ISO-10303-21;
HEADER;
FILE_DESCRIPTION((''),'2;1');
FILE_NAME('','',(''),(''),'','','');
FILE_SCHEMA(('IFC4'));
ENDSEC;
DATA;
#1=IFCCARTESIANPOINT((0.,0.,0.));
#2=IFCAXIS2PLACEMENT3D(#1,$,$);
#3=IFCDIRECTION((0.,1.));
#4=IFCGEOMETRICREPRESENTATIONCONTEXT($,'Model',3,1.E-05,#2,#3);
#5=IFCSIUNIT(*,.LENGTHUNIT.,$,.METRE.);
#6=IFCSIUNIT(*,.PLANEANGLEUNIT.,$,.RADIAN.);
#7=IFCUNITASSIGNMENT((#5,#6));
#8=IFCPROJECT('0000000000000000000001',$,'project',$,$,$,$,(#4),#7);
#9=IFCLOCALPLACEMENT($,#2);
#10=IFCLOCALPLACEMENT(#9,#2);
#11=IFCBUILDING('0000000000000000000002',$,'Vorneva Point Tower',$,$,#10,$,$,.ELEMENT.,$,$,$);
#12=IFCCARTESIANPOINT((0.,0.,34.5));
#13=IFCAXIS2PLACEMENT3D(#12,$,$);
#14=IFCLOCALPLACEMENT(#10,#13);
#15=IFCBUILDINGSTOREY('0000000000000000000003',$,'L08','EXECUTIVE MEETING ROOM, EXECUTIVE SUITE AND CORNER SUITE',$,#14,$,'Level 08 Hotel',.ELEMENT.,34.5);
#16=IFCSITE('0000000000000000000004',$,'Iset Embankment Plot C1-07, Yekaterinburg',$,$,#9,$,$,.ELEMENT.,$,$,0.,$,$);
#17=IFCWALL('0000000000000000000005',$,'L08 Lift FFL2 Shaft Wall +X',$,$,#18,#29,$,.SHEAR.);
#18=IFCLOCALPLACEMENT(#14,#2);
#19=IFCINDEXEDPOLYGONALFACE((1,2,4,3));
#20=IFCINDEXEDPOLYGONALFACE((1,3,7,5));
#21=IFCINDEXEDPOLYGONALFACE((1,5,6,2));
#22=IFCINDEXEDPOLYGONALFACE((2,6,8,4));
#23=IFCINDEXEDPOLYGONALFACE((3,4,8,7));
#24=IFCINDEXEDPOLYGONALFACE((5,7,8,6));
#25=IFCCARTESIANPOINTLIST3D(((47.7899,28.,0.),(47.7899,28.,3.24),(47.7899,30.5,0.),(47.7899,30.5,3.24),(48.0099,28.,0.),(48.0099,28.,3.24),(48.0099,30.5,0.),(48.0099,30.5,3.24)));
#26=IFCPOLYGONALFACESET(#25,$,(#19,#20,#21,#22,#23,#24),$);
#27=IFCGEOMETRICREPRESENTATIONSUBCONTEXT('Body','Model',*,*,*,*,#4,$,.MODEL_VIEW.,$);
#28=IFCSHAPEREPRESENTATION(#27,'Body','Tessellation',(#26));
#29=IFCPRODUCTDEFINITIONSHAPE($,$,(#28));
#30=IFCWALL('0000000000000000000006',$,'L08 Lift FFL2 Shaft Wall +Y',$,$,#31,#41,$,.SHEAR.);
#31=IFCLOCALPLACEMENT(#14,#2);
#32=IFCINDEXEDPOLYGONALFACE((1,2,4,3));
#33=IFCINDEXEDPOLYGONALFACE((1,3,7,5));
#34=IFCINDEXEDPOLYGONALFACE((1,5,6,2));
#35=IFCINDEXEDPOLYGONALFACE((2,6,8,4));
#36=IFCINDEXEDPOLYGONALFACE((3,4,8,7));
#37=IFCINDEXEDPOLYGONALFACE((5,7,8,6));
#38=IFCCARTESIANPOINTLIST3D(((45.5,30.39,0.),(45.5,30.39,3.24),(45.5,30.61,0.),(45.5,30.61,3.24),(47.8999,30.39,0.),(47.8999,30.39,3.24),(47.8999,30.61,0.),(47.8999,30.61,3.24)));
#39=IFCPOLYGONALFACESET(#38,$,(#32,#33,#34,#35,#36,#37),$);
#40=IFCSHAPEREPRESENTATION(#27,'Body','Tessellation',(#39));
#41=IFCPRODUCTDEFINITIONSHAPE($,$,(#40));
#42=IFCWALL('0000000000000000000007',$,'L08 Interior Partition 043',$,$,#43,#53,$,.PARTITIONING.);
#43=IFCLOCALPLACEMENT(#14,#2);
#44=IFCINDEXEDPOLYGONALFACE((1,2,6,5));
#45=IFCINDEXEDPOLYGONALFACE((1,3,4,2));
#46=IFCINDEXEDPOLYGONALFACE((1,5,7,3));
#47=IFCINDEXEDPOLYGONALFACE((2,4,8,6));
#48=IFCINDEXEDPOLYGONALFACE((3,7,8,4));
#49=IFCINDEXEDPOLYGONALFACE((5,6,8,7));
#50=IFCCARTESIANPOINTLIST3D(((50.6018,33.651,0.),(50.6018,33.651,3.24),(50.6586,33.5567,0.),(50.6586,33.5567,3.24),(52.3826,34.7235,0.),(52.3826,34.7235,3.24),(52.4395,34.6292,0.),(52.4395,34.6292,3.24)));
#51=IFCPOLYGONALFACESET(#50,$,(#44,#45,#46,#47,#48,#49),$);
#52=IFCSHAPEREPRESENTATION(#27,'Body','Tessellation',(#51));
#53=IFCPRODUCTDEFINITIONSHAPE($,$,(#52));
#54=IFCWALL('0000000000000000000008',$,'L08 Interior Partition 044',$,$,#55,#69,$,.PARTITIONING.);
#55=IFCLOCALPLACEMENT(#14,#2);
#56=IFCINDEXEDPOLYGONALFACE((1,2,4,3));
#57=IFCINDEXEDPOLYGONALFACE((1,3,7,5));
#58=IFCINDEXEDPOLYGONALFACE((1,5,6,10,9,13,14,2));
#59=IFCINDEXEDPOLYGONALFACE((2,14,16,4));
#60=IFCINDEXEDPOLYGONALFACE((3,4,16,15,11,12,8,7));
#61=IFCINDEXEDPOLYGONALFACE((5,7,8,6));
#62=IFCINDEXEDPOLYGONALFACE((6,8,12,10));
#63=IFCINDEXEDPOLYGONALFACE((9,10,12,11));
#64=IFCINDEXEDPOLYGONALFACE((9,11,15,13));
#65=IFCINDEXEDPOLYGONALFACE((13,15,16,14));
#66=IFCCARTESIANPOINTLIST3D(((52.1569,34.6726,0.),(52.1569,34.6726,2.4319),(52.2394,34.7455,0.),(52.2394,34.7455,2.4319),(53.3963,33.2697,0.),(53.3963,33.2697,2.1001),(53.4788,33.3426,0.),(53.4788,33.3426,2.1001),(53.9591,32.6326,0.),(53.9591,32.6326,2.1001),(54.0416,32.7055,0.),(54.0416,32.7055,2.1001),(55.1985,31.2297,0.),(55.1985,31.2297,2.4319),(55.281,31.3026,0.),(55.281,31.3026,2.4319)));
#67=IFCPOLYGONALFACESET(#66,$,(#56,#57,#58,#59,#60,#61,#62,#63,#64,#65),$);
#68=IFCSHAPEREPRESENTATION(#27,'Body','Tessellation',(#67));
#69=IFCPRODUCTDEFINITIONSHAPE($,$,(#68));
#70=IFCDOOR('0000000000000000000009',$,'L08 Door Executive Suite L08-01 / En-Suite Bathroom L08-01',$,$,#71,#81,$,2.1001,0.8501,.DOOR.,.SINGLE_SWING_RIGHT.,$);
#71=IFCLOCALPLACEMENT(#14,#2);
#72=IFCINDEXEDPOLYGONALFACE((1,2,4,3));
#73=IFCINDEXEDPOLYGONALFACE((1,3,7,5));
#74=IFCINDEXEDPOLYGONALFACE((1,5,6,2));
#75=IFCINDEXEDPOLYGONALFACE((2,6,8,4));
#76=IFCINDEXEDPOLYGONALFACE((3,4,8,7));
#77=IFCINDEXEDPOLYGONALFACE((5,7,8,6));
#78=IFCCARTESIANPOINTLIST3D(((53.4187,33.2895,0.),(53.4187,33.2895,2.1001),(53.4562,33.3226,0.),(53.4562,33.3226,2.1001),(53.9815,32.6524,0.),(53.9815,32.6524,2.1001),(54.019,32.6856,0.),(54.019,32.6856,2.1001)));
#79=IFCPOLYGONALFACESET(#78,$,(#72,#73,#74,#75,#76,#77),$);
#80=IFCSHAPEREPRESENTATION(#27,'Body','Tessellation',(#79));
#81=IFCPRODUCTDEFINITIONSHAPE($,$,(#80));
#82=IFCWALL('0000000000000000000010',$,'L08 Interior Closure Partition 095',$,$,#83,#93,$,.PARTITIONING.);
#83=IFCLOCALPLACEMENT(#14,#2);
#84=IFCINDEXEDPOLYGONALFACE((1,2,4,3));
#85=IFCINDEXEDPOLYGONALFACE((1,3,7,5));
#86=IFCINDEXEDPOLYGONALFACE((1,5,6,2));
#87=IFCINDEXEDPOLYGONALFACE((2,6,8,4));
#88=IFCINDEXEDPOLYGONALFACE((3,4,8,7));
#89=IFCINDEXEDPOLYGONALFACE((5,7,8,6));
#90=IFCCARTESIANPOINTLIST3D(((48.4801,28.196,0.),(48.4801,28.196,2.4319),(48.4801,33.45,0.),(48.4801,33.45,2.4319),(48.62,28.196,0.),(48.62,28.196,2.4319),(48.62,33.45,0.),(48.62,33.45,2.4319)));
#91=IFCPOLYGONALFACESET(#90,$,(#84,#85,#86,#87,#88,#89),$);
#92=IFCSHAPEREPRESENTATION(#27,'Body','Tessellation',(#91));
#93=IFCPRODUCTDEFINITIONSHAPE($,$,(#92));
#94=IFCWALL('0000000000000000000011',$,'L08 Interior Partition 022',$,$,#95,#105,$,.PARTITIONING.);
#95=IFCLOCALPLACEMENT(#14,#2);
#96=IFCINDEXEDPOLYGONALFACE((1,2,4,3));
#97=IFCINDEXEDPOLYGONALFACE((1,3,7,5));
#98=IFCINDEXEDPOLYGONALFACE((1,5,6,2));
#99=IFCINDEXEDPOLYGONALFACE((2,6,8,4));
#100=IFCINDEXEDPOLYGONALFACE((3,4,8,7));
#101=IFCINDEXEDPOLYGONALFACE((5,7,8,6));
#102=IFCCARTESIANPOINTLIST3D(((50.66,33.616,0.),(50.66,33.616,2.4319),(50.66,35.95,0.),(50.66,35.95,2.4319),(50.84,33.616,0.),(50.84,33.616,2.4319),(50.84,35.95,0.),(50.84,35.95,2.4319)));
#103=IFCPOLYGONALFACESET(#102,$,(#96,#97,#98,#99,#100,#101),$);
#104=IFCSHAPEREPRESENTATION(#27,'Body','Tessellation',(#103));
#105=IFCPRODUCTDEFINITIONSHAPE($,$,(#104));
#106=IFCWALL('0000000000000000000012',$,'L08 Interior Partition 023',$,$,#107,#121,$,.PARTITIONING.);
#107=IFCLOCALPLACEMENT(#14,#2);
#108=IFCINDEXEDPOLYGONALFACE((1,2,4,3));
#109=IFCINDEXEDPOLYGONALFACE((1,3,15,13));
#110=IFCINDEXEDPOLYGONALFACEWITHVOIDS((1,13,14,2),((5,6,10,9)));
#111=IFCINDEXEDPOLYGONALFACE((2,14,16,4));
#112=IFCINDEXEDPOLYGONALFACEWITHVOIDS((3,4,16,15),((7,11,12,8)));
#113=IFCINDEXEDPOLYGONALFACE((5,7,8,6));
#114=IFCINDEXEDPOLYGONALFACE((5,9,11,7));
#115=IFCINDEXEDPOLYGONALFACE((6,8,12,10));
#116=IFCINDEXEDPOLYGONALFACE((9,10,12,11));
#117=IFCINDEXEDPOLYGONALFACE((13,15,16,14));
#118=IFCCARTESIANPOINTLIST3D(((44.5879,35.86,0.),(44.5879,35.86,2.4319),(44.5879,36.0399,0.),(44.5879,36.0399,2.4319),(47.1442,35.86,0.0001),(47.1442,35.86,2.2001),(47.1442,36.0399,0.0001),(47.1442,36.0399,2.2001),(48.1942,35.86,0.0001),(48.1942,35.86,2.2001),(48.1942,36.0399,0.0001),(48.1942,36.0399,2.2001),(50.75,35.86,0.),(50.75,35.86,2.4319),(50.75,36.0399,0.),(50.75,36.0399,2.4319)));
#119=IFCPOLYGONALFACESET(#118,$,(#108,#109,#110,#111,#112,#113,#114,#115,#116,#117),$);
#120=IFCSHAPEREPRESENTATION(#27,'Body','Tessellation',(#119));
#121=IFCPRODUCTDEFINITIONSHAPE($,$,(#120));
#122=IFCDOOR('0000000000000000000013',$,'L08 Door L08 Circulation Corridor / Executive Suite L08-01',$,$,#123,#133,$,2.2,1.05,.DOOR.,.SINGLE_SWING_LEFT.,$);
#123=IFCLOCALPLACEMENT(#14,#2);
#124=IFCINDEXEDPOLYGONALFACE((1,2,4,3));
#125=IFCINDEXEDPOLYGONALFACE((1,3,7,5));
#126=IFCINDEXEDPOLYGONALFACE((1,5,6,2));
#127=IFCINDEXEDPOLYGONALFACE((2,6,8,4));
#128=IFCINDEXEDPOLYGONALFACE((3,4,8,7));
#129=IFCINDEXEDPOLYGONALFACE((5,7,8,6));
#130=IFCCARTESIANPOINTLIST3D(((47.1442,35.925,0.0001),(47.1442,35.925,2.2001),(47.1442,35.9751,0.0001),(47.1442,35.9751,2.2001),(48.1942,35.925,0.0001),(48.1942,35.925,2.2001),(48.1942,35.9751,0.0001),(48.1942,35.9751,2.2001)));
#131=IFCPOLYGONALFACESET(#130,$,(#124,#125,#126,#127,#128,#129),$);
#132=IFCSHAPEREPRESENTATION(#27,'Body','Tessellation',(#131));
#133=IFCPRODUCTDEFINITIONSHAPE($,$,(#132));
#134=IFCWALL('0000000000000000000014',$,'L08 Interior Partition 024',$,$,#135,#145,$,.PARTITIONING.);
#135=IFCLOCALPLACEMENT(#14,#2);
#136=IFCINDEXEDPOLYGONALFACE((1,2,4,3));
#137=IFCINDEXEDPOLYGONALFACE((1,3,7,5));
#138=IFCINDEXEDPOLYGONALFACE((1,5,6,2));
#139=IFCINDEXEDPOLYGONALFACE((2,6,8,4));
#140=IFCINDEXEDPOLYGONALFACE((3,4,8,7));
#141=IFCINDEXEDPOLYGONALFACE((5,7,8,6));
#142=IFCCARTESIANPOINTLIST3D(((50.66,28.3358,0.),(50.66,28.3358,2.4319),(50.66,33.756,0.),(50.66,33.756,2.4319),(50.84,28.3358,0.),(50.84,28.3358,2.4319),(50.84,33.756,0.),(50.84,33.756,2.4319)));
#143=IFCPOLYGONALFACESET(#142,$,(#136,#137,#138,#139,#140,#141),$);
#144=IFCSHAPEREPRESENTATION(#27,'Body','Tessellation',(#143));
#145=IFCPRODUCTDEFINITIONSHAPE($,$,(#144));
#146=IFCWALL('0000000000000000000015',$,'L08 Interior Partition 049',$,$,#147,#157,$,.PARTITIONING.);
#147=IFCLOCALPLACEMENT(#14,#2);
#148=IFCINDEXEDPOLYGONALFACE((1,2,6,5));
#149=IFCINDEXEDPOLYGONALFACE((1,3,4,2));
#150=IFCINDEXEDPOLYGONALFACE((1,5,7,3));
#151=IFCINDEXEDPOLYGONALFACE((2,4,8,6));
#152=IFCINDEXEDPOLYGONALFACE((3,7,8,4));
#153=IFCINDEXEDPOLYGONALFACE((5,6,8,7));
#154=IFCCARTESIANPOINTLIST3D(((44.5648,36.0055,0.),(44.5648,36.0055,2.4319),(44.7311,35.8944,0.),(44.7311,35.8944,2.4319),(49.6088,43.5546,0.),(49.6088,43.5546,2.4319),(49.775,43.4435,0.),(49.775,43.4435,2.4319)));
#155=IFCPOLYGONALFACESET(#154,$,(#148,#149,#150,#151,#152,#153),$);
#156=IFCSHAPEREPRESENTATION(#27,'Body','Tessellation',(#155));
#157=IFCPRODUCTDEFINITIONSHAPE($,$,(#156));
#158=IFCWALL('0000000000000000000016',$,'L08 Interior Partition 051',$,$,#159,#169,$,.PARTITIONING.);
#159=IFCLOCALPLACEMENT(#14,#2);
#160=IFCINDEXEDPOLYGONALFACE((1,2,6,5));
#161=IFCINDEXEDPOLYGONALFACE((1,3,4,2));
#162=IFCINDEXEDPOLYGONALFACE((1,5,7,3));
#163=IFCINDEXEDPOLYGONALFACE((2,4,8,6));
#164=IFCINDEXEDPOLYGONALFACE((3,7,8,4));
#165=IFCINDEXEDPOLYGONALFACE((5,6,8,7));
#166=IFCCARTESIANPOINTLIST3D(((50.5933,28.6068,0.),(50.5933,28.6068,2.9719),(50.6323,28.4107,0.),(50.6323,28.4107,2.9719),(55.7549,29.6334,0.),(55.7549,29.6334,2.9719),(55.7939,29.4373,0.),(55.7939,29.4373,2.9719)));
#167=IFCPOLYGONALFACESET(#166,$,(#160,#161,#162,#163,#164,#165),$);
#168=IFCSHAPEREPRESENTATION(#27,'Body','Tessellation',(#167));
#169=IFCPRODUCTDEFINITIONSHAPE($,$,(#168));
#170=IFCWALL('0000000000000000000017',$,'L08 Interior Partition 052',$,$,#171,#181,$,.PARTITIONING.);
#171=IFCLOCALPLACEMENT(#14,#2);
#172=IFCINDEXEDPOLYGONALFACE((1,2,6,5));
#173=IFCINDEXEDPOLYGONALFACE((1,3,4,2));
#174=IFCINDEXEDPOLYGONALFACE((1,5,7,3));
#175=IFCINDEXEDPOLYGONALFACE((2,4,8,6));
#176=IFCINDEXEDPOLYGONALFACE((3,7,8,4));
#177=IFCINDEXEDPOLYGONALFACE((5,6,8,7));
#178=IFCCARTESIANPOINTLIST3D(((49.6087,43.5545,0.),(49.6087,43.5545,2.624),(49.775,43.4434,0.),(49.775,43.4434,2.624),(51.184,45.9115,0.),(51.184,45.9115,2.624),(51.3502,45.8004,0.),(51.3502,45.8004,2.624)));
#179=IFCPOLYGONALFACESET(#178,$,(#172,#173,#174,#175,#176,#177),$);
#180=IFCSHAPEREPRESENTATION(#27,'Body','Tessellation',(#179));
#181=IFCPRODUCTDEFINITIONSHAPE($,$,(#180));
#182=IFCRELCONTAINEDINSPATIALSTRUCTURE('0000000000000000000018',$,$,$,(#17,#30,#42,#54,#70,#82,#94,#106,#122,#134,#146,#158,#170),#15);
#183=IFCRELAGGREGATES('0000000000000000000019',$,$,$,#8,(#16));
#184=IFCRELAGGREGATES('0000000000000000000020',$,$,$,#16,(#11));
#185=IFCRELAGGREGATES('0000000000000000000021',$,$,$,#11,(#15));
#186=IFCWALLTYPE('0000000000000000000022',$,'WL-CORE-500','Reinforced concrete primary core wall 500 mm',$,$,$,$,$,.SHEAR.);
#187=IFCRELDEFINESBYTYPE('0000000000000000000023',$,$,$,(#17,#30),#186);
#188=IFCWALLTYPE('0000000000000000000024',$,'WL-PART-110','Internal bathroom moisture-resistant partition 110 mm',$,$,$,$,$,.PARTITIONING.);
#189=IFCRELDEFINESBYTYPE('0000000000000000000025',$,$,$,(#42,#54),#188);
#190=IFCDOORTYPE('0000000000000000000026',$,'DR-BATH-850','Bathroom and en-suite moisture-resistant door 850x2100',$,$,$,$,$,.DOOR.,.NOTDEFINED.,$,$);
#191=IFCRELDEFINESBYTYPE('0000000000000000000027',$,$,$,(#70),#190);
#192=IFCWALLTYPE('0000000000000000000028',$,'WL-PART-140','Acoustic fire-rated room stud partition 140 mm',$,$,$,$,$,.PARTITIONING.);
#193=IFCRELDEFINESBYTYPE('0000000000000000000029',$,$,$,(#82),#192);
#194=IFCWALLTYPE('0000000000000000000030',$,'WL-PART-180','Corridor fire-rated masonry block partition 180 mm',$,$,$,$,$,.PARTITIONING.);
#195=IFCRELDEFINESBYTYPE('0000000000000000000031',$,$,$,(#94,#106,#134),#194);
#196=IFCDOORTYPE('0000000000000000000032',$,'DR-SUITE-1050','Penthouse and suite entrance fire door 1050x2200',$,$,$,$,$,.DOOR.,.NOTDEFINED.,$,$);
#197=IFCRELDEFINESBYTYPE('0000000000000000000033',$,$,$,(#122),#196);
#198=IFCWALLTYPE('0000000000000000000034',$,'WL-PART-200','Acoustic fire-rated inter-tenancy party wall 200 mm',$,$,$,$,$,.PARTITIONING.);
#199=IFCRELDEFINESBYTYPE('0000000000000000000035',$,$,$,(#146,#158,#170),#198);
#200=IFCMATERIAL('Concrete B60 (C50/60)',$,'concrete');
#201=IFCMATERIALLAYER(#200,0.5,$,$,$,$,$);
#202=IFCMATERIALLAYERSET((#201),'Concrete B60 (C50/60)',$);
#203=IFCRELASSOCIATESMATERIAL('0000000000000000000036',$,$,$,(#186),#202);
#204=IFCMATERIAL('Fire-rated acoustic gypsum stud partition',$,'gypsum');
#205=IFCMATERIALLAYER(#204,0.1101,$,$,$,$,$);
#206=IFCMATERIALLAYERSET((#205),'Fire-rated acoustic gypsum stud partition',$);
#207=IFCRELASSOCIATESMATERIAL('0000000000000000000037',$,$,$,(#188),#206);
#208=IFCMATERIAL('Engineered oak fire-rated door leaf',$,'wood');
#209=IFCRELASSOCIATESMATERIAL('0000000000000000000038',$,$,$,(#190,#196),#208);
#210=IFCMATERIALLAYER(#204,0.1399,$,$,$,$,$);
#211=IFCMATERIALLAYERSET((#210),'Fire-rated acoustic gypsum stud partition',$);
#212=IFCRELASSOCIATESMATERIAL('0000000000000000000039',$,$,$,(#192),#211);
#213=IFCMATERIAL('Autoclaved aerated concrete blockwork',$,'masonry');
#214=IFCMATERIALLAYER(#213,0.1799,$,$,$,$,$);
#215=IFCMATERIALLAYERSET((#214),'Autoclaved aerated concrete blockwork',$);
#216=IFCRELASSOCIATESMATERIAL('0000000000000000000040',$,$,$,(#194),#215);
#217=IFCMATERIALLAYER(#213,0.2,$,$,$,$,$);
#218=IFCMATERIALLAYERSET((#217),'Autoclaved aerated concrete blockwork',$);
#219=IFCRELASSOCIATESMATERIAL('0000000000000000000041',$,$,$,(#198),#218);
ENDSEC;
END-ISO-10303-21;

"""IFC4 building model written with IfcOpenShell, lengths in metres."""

from ifc_helpers import new_model, si_unit, direction, frame, frame_2d, origin, place, context, subcontext, project, spatial, rectangle, extrude, material, layer, layer_set, type_object, element, fill, save


model = new_model("IFC4")

# Units and contexts
model_context = context("Model", 3, precision=1e-05, world=origin(), true_north=direction((0.0, 1.0)))
body_context = subcontext(model_context, "Body", "Model", "MODEL_VIEW")
ifc_project = project(units=[si_unit("LENGTHUNIT", "METRE"), si_unit("PLANEANGLEUNIT", "RADIAN")], contexts=[model_context])

# Site, building, storey
site_placement = place(None, origin())
site = spatial("IfcSite", under=ifc_project, at=site_placement, Name="Iset Embankment Plot C1-07, Yekaterinburg", CompositionType="ELEMENT", RefElevation=0.0)
building_placement = place(site_placement, origin())
building = spatial("IfcBuilding", under=site, at=building_placement, Name="Vorneva Point Tower", CompositionType="ELEMENT")
storey_placement = place(building_placement, frame((0.0, 0.0, 34.5)))
storey = spatial("IfcBuildingStorey", under=building, at=storey_placement, Name="L08", Description="EXECUTIVE MEETING ROOM, EXECUTIVE SUITE AND CORNER SUITE", LongName="Level 08 Hotel", CompositionType="ELEMENT", Elevation=34.5)

# Shared definitions
ifc_material_1 = material(Name="Concrete B60 (C50/60)", Category="concrete")

# Walls
ifc_layer_1 = layer(ifc_material_1, 0.5)
ifc_layer_set_1 = layer_set([ifc_layer_1], Name="Concrete B60 (C50/60)")
wall_type_1 = type_object("IfcWallType", Name="WL-CORE-500", Description="Reinforced concrete primary core wall 500 mm", PredefinedType="SHEAR", material=ifc_layer_set_1)
wall_1_placement = place(storey_placement, frame((47.8999, 28.0, 0.0), z_axis=(0.0, 0.0, 1.0), x_axis=(0.0, 1.0, 0.0)))
element("IfcWall", 1, at=wall_1_placement, inside=storey, type_object=wall_type_1, Name="L08 Lift FFL2 Shaft Wall +X", PredefinedType="SHEAR", context=body_context, shape_type="SweptSolid", body=[
    extrude(rectangle(XDim=2.5, YDim=0.22, at=frame_2d((1.25, 0.0))), origin(), (0.0, 0.0, 1.0), 3.24),
])
wall_2_placement = place(storey_placement, frame((47.8999, 30.5, 0.0), z_axis=(0.0, 0.0, 1.0), x_axis=(-1.0, 0.0, 0.0)))
element("IfcWall", 2, at=wall_2_placement, inside=storey, type_object=wall_type_1, Name="L08 Lift FFL2 Shaft Wall +Y", PredefinedType="SHEAR", context=body_context, shape_type="SweptSolid", body=[
    extrude(rectangle(XDim=2.3999, YDim=0.22, at=frame_2d((1.2, 0.0))), origin(), (0.0, 0.0, 1.0), 3.24),
])
ifc_material_2 = material(Name="Fire-rated acoustic gypsum stud partition", Category="gypsum")
ifc_layer_2 = layer(ifc_material_2, 0.1101)
ifc_layer_set_2 = layer_set([ifc_layer_2], Name="Fire-rated acoustic gypsum stud partition")
wall_type_2 = type_object("IfcWallType", Name="WL-PART-110", Description="Internal bathroom moisture-resistant partition 110 mm", PredefinedType="PARTITIONING", material=ifc_layer_set_2)
wall_3_placement = place(storey_placement, frame((50.6301, 33.6038, 0.0), z_axis=(0.0, 0.0, 1.0), x_axis=(0.856632, 0.515929, 0.0)))
element("IfcWall", 3, at=wall_3_placement, inside=storey, type_object=wall_type_2, Name="L08 Interior Partition 043", PredefinedType="PARTITIONING", context=body_context, shape_type="SweptSolid", body=[
    extrude(rectangle(XDim=2.0789, YDim=0.1101, at=frame_2d((1.0396, 0.0))), origin(), (0.0, 0.0, 1.0), 3.24),
])

# Wall, opening, door
wall_4_placement = place(storey_placement, frame((52.1982, 34.709, 0.0), z_axis=(0.0, 0.0, 1.0), x_axis=(0.662071, -0.749441, 0.0)))
wall_4 = element("IfcWall", 4, at=wall_4_placement, inside=storey, type_object=wall_type_2, Name="L08 Interior Partition 044", PredefinedType="PARTITIONING", context=body_context, shape_type="SweptSolid", body=[
    extrude(rectangle(XDim=4.594, YDim=0.1101, at=frame_2d((2.2969, 0.0))), origin(), (0.0, 0.0, 1.0), 2.4319),
])
opening_1_placement = place(wall_4_placement, frame((1.8718, 0.0, 0.0)))
opening_1 = element("IfcOpeningElement", 5, at=opening_1_placement, cuts=wall_4, PredefinedType="OPENING", context=body_context, shape_type="SweptSolid", body=[
    extrude(rectangle(XDim=0.8501, YDim=2.1001, at=frame_2d((0.425, 1.05))), frame((0.0, 0.0698, 0.0), z_axis=(0.0, -1.0, 0.0), x_axis=(1.0, 0.0, 0.0)), (0.0, 0.0, 1.0), 0.1399),
])
ifc_material_3 = material(Name="Engineered oak fire-rated door leaf", Category="wood")
door_type_1 = type_object("IfcDoorType", Name="DR-BATH-850", Description="Bathroom and en-suite moisture-resistant door 850x2100", OperationType="NOTDEFINED", PredefinedType="DOOR", material=ifc_material_3)
door_1_placement = place(opening_1_placement, origin())
door_1 = element("IfcDoor", 6, at=door_1_placement, inside=storey, type_object=door_type_1, Name="L08 Door Executive Suite L08-01 / En-Suite Bathroom L08-01", OperationType="SINGLE_SWING_RIGHT", OverallHeight=2.1001, OverallWidth=0.8501, PredefinedType="DOOR", context=body_context, shape_type="SweptSolid", body=[
    extrude(rectangle(XDim=0.8501, YDim=2.1001, at=frame_2d((0.425, 1.05))), frame((0.0, 0.0249, 0.0), z_axis=(0.0, -1.0, 0.0), x_axis=(1.0, 0.0, 0.0)), (0.0, 0.0, 1.0), 0.05),
])
fill(opening_1, door_1)

# Walls
ifc_layer_3 = layer(ifc_material_2, 0.1399)
ifc_layer_set_3 = layer_set([ifc_layer_3], Name="Fire-rated acoustic gypsum stud partition")
wall_type_3 = type_object("IfcWallType", Name="WL-PART-140", Description="Acoustic fire-rated room stud partition 140 mm", PredefinedType="PARTITIONING", material=ifc_layer_set_3)
wall_5_placement = place(storey_placement, frame((48.55, 33.45, 0.0), z_axis=(0.0, 0.0, 1.0), x_axis=(0.0, -1.0, 0.0)))
element("IfcWall", 7, at=wall_5_placement, inside=storey, type_object=wall_type_3, Name="L08 Interior Closure Partition 095", PredefinedType="PARTITIONING", context=body_context, shape_type="SweptSolid", body=[
    extrude(rectangle(XDim=5.2539, YDim=0.1399, at=frame_2d((2.627, 0.0))), origin(), (0.0, 0.0, 1.0), 2.4319),
])
ifc_material_4 = material(Name="Autoclaved aerated concrete blockwork", Category="masonry")
ifc_layer_4 = layer(ifc_material_4, 0.1799)
ifc_layer_set_4 = layer_set([ifc_layer_4], Name="Autoclaved aerated concrete blockwork")
wall_type_4 = type_object("IfcWallType", Name="WL-PART-180", Description="Corridor fire-rated masonry block partition 180 mm", PredefinedType="PARTITIONING", material=ifc_layer_set_4)
wall_6_placement = place(storey_placement, frame((50.75, 33.616, 0.0), z_axis=(0.0, 0.0, 1.0), x_axis=(0.0, 1.0, 0.0)))
element("IfcWall", 8, at=wall_6_placement, inside=storey, type_object=wall_type_4, Name="L08 Interior Partition 022", PredefinedType="PARTITIONING", context=body_context, shape_type="SweptSolid", body=[
    extrude(rectangle(XDim=2.334, YDim=0.1799, at=frame_2d((1.167, 0.0))), origin(), (0.0, 0.0, 1.0), 2.4319),
])

# Wall, opening, door
wall_7_placement = place(storey_placement, frame((50.75, 35.95, 0.0), z_axis=(0.0, 0.0, 1.0), x_axis=(-1.0, 0.0, 0.0)))
wall_7 = element("IfcWall", 9, at=wall_7_placement, inside=storey, type_object=wall_type_4, Name="L08 Interior Partition 023", PredefinedType="PARTITIONING", context=body_context, shape_type="SweptSolid", body=[
    extrude(rectangle(XDim=6.1621, YDim=0.1799, at=frame_2d((3.0811, 0.0))), origin(), (0.0, 0.0, 1.0), 2.4319),
])
opening_2_placement = place(wall_7_placement, frame((2.5559, 0.0, 0.0)))
opening_2 = element("IfcOpeningElement", 10, at=opening_2_placement, cuts=wall_7, PredefinedType="OPENING", context=body_context, shape_type="SweptSolid", body=[
    extrude(rectangle(XDim=1.05, YDim=2.2, at=frame_2d((0.5249, 1.1001))), frame((0.0, 0.105, 0.0), z_axis=(0.0, -1.0, 0.0), x_axis=(1.0, 0.0, 0.0)), (0.0, 0.0, 1.0), 0.2097),
])
door_type_2 = type_object("IfcDoorType", Name="DR-SUITE-1050", Description="Penthouse and suite entrance fire door 1050x2200", OperationType="NOTDEFINED", PredefinedType="DOOR", material=ifc_material_3)
door_2_placement = place(opening_2_placement, origin())
door_2 = element("IfcDoor", 11, at=door_2_placement, inside=storey, type_object=door_type_2, Name="L08 Door L08 Circulation Corridor / Executive Suite L08-01", OperationType="SINGLE_SWING_LEFT", OverallHeight=2.2, OverallWidth=1.05, PredefinedType="DOOR", context=body_context, shape_type="SweptSolid", body=[
    extrude(rectangle(XDim=1.05, YDim=2.2, at=frame_2d((0.5249, 1.1001))), frame((0.0, 0.0249, 0.0), z_axis=(0.0, -1.0, 0.0), x_axis=(1.0, 0.0, 0.0)), (0.0, 0.0, 1.0), 0.05),
])
fill(opening_2, door_2)

# Walls
wall_8_placement = place(storey_placement, frame((50.75, 28.3359, 0.0), z_axis=(0.0, 0.0, 1.0), x_axis=(0.0, 1.0, 0.0)))
element("IfcWall", 12, at=wall_8_placement, inside=storey, type_object=wall_type_4, Name="L08 Interior Partition 024", PredefinedType="PARTITIONING", context=body_context, shape_type="SweptSolid", body=[
    extrude(rectangle(XDim=5.4202, YDim=0.1799, at=frame_2d((2.71, 0.0))), origin(), (0.0, 0.0, 1.0), 2.4319),
])
ifc_layer_5 = layer(ifc_material_4, 0.2)
ifc_layer_set_5 = layer_set([ifc_layer_5], Name="Autoclaved aerated concrete blockwork")
wall_type_5 = type_object("IfcWallType", Name="WL-PART-200", Description="Acoustic fire-rated inter-tenancy party wall 200 mm", PredefinedType="PARTITIONING", material=ifc_layer_set_5)
wall_9_placement = place(storey_placement, frame((49.6919, 43.499, 0.0), z_axis=(0.0, 0.0, 1.0), x_axis=(-0.555556, -0.831479, 0.0)))
element("IfcWall", 13, at=wall_9_placement, inside=storey, type_object=wall_type_5, Name="L08 Interior Partition 049", PredefinedType="PARTITIONING", context=body_context, shape_type="SweptSolid", body=[
    extrude(rectangle(XDim=9.0791, YDim=0.2, at=frame_2d((4.5396, 0.0))), origin(), (0.0, 0.0, 1.0), 2.4319),
])
wall_10_placement = place(storey_placement, frame((50.6128, 28.5088, 0.0), z_axis=(0.0, 0.0, 1.0), x_axis=(0.980789, 0.195072, 0.0)))
element("IfcWall", 14, at=wall_10_placement, inside=storey, type_object=wall_type_5, Name="L08 Interior Partition 051", PredefinedType="PARTITIONING", context=body_context, shape_type="SweptSolid", body=[
    extrude(rectangle(XDim=5.2627, YDim=0.2, at=frame_2d((2.6313, 0.0))), origin(), (0.0, 0.0, 1.0), 2.9719),
])
wall_11_placement = place(storey_placement, frame((51.2671, 45.856, 0.0), z_axis=(0.0, 0.0, 1.0), x_axis=(-0.555654, -0.831414, 0.0)))
element("IfcWall", 15, at=wall_11_placement, inside=storey, type_object=wall_type_5, Name="L08 Interior Partition 052", PredefinedType="PARTITIONING", context=body_context, shape_type="SweptSolid", body=[
    extrude(rectangle(XDim=2.835, YDim=0.2, at=frame_2d((1.4175, 0.0))), origin(), (0.0, 0.0, 1.0), 2.624),
])

save(model, "model.ifc")
